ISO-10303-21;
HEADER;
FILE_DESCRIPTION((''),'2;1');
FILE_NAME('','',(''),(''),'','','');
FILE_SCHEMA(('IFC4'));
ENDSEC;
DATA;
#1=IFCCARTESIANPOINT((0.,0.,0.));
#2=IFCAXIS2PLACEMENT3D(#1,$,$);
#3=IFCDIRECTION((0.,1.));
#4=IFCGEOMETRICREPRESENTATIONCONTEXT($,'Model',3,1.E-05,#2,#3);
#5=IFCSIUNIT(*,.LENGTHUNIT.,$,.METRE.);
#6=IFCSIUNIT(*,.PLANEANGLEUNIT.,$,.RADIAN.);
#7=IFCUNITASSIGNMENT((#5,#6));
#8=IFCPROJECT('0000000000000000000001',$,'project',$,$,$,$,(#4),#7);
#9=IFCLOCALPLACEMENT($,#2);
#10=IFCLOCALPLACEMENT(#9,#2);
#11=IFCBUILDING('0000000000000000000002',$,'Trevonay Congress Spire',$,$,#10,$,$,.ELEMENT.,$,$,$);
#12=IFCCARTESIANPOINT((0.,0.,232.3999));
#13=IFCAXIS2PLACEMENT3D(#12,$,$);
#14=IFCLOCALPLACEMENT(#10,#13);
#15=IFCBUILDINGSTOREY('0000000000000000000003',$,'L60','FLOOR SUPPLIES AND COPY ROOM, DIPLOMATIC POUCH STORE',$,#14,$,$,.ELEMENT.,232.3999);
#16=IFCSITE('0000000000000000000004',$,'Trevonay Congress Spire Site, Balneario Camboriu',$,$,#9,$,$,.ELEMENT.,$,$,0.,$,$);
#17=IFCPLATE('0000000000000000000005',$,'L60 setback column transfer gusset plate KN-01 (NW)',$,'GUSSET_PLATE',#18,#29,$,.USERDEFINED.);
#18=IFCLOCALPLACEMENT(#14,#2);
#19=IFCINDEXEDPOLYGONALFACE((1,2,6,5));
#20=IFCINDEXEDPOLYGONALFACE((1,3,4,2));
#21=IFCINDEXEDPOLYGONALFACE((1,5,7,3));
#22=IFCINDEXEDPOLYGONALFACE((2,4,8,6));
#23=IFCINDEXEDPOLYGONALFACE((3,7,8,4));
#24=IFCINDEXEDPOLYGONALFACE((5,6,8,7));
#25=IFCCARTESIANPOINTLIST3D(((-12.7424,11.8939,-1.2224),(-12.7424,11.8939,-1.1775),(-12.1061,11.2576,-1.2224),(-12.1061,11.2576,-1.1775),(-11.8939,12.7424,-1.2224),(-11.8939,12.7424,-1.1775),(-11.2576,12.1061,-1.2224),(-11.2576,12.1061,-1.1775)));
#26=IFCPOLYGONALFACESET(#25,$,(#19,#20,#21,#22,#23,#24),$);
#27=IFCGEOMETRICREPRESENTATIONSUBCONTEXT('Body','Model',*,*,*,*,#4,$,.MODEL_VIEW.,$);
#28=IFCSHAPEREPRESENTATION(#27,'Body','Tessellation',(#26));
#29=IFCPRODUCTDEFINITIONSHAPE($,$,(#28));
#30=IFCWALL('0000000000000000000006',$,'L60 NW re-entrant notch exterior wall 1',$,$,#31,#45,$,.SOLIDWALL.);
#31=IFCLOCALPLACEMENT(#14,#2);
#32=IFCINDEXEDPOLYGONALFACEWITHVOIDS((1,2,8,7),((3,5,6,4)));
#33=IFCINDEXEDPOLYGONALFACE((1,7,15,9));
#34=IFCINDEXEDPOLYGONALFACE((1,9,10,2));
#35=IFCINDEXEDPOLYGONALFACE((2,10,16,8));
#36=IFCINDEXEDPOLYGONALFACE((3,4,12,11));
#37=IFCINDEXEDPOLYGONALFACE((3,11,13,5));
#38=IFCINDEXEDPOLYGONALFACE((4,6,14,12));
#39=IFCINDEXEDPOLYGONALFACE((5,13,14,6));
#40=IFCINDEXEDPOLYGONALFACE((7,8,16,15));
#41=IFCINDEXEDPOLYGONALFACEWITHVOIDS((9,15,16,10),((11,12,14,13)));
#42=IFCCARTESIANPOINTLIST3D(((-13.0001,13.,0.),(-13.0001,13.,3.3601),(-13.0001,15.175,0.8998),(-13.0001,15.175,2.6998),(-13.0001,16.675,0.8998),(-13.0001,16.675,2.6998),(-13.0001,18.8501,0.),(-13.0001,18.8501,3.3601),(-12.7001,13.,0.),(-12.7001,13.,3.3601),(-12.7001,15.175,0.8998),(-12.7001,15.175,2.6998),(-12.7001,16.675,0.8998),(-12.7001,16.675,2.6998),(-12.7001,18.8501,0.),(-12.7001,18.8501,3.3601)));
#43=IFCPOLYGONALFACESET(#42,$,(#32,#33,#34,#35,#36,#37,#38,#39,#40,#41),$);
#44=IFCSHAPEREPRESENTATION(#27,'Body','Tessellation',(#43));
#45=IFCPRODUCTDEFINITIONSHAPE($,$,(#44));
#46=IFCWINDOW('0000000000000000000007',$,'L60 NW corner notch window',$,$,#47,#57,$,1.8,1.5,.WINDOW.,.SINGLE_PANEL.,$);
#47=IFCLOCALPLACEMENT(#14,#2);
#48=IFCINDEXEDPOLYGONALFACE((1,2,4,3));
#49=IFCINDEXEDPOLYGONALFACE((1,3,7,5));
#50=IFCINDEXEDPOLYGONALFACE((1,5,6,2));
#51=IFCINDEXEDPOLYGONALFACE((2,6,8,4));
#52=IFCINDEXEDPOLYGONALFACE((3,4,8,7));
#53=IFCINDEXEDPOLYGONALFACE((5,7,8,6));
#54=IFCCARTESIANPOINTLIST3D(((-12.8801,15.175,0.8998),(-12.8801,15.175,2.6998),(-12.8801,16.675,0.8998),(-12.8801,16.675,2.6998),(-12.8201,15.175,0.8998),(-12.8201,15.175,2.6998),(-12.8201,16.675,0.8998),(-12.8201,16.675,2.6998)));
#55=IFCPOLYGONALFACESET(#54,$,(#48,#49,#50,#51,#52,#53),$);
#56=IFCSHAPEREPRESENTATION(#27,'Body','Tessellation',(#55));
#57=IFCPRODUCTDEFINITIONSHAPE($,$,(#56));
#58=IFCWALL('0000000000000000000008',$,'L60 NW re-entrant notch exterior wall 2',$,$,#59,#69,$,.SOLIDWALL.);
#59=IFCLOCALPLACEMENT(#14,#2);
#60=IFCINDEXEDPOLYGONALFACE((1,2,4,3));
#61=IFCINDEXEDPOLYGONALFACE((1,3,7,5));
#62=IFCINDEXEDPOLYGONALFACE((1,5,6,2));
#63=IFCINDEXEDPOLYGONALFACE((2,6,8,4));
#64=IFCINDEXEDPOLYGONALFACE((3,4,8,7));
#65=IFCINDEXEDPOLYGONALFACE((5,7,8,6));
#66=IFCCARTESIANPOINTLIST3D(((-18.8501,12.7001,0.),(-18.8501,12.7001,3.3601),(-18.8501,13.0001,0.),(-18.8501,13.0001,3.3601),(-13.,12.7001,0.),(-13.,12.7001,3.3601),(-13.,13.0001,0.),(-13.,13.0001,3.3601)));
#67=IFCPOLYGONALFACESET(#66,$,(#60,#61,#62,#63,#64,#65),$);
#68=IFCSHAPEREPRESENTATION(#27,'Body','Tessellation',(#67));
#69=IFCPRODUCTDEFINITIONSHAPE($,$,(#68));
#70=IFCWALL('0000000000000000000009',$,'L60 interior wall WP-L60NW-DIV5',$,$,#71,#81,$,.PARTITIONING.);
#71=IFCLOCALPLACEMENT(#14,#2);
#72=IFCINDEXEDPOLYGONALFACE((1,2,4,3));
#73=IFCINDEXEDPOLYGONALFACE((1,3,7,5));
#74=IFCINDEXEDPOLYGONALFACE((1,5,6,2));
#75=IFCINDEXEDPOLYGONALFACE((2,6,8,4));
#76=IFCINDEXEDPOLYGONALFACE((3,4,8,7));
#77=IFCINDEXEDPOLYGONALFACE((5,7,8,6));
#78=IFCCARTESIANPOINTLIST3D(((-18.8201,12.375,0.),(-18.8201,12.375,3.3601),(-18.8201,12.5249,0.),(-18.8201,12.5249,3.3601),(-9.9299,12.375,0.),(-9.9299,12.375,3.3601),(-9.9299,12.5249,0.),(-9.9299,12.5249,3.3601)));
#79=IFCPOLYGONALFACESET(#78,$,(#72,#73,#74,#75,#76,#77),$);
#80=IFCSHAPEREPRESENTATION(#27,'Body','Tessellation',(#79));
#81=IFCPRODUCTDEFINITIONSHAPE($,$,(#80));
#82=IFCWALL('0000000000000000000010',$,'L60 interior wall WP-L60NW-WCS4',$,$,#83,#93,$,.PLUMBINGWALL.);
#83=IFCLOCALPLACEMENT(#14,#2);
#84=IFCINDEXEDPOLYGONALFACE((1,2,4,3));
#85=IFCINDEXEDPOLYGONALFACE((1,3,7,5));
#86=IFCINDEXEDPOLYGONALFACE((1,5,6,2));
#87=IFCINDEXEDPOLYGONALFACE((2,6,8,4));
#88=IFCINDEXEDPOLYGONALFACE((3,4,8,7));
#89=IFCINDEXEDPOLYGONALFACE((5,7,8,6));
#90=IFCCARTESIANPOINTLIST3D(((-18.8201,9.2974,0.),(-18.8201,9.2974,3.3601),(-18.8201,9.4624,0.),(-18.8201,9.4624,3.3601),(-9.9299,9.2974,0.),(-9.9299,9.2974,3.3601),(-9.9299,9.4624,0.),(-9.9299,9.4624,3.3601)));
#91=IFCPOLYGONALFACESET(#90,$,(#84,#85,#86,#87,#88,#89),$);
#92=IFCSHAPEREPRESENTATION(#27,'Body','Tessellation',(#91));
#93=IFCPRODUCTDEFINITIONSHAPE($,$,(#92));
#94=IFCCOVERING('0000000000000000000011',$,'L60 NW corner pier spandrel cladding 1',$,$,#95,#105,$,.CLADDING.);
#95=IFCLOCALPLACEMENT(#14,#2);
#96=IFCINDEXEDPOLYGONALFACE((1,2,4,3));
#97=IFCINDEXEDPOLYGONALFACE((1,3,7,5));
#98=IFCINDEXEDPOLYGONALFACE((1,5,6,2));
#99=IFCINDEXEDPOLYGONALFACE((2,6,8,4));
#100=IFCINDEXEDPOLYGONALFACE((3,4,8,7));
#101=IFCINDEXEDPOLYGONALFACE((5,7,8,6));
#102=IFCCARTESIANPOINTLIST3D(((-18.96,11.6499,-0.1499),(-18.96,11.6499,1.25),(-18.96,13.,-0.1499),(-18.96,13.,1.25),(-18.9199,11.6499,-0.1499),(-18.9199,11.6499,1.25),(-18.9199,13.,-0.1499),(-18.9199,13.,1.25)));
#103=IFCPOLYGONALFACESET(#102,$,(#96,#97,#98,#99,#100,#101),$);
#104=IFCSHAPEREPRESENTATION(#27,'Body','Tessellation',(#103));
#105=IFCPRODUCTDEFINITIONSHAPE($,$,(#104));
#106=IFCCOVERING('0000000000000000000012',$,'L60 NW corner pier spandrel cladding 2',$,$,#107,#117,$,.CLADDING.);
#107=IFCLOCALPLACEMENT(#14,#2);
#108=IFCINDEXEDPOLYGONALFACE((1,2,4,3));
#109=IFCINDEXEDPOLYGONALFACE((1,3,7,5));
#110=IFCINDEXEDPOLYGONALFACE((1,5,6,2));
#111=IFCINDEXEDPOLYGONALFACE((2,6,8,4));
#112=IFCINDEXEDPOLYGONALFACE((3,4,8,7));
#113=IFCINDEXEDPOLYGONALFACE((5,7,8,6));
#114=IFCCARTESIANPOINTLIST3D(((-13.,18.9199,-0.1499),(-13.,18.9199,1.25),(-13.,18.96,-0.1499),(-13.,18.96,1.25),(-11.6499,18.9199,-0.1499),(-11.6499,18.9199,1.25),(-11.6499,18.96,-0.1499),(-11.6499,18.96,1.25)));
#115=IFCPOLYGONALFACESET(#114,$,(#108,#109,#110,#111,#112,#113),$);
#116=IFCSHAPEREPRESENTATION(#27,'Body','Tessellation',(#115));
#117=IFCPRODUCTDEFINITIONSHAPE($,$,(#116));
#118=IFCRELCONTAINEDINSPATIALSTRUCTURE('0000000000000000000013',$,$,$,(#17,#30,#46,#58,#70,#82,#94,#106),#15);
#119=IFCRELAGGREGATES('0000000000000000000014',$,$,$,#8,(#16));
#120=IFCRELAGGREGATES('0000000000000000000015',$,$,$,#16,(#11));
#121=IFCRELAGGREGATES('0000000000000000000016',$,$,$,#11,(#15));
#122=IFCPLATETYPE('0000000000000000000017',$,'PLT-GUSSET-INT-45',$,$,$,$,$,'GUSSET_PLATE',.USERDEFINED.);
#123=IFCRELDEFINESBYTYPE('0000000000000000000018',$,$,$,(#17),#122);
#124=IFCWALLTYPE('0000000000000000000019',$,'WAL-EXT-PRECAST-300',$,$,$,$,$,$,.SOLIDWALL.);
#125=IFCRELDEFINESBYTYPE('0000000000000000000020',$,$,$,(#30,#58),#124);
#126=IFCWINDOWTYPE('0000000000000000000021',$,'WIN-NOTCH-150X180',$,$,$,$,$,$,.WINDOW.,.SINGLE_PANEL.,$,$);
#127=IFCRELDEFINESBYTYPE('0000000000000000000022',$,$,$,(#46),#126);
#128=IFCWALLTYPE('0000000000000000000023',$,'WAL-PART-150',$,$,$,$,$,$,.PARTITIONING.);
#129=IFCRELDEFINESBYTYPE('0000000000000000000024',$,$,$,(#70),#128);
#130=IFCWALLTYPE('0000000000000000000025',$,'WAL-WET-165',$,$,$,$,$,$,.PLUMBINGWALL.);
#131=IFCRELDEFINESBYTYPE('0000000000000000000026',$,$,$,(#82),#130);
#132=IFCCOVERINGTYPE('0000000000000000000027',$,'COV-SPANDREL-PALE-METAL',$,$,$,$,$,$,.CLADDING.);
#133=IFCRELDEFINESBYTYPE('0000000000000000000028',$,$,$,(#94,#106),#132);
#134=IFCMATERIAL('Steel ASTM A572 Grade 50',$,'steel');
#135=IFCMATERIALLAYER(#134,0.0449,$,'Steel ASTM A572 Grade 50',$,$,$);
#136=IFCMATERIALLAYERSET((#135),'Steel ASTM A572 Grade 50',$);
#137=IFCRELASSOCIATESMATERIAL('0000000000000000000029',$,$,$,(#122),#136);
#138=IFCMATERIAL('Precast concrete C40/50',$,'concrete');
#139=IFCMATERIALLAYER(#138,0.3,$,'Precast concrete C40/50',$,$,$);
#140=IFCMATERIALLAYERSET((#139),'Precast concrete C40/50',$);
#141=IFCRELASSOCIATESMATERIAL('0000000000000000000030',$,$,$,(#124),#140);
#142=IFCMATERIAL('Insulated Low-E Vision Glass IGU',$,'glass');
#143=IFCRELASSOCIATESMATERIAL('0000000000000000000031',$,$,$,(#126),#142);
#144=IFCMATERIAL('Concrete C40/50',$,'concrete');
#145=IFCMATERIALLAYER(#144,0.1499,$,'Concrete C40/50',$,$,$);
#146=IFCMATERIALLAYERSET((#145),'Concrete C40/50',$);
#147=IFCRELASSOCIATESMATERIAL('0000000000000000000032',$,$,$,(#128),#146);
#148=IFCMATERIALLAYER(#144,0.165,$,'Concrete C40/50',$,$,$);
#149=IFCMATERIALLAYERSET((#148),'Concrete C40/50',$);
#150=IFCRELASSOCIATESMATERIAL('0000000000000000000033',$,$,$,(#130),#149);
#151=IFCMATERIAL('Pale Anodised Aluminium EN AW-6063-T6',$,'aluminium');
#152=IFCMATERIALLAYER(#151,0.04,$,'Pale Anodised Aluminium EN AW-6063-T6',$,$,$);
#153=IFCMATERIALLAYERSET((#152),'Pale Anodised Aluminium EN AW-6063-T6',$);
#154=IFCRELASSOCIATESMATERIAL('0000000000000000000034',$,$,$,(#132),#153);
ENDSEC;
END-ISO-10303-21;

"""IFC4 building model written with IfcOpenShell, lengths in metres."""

from ifc_helpers import new_model, si_unit, direction, frame, frame_2d, origin, origin_2d, place, context, subcontext, project, spatial, rectangle, extrude, material, layer, layer_set, type_object, element, fill, save


model = new_model("IFC4")

# Units and contexts
model_context = context("Model", 3, precision=1e-05, world=origin(), true_north=direction((0.0, 1.0)))
body_context = subcontext(model_context, "Body", "Model", "MODEL_VIEW")
ifc_project = project(units=[si_unit("LENGTHUNIT", "METRE"), si_unit("PLANEANGLEUNIT", "RADIAN")], contexts=[model_context])

# Site, building, storey
site_placement = place(None, origin())
site = spatial("IfcSite", under=ifc_project, at=site_placement, Name="Trevonay Congress Spire Site, Balneario Camboriu", CompositionType="ELEMENT", RefElevation=0.0)
building_placement = place(site_placement, origin())
building = spatial("IfcBuilding", under=site, at=building_placement, Name="Trevonay Congress Spire", CompositionType="ELEMENT")
storey_placement = place(building_placement, frame((0.0, 0.0, 232.3999)))
storey = spatial("IfcBuildingStorey", under=building, at=storey_placement, Name="L60", Description="FLOOR SUPPLIES AND COPY ROOM, DIPLOMATIC POUCH STORE", CompositionType="ELEMENT", Elevation=232.3999)

# Shared definitions
ifc_material_1 = material(Name="Steel ASTM A572 Grade 50", Category="steel")

# Shared definitions
ifc_material_2 = material(Name="Pale Anodised Aluminium EN AW-6063-T6", Category="aluminium")

# Plate
ifc_material_3 = material(Name="Insulated Low-E Vision Glass IGU", Category="glass")
ifc_layer_1 = layer(ifc_material_1, 0.0449, Name="Steel ASTM A572 Grade 50")
ifc_layer_set_1 = layer_set([ifc_layer_1], Name="Steel ASTM A572 Grade 50")
plate_type_1 = type_object("IfcPlateType", Name="PLT-GUSSET-INT-45", ElementType="GUSSET_PLATE", PredefinedType="USERDEFINED", material=ifc_layer_set_1)
plate_1_placement = place(storey_placement, frame((-12.0, 12.0, -1.2224), z_axis=(0.0, 0.0, 1.0), x_axis=(0.707107, 0.707107, 0.0)))
element("IfcPlate", 1, at=plate_1_placement, inside=storey, type_object=plate_type_1, Name="L60 setback column transfer gusset plate KN-01 (NW)", ObjectType="GUSSET_PLATE", PredefinedType="USERDEFINED", context=body_context, shape_type="SweptSolid", body=[
    extrude(rectangle(XDim=1.2, YDim=0.8999, at=origin_2d()), origin(), (0.0, 0.0, 1.0), 0.0449),
])

# Wall, opening, window
ifc_material_4 = material(Name="Precast concrete C40/50", Category="concrete")
ifc_layer_2 = layer(ifc_material_4, 0.3, Name="Precast concrete C40/50")
ifc_layer_set_2 = layer_set([ifc_layer_2], Name="Precast concrete C40/50")
wall_type_1 = type_object("IfcWallType", Name="WAL-EXT-PRECAST-300", PredefinedType="SOLIDWALL", material=ifc_layer_set_2)
wall_1_placement = place(storey_placement, frame((-12.8501, 18.8501, 0.0), z_axis=(0.0, 0.0, 1.0), x_axis=(0.0, -1.0, 0.0)))
wall_1 = element("IfcWall", 2, at=wall_1_placement, inside=storey, type_object=wall_type_1, Name="L60 NW re-entrant notch exterior wall 1", PredefinedType="SOLIDWALL", context=body_context, shape_type="SweptSolid", body=[
    extrude(rectangle(XDim=5.8501, YDim=0.3, at=frame_2d((2.925, 0.0))), origin(), (0.0, 0.0, 1.0), 3.3601),
])
opening_placement = place(wall_1_placement, frame((2.175, 0.0, 0.8999)))
opening = element("IfcOpeningElement", 3, at=opening_placement, cuts=wall_1, PredefinedType="OPENING", context=body_context, shape_type="SweptSolid", body=[
    extrude(rectangle(XDim=1.5, YDim=1.8, at=frame_2d((0.75, 0.8999))), frame((0.0, 0.1602, 0.0), z_axis=(0.0, -1.0, 0.0), x_axis=(1.0, 0.0, 0.0)), (0.0, 0.0, 1.0), 0.3201),
])
window_type = type_object("IfcWindowType", Name="WIN-NOTCH-150X180", PartitioningType="SINGLE_PANEL", PredefinedType="WINDOW", material=ifc_material_3)
window_placement = place(opening_placement, origin())
window = element("IfcWindow", 4, at=window_placement, inside=storey, type_object=window_type, Name="L60 NW corner notch window", OverallHeight=1.8, OverallWidth=1.5, PartitioningType="SINGLE_PANEL", PredefinedType="WINDOW", context=body_context, shape_type="SweptSolid", body=[
    extrude(rectangle(XDim=1.5, YDim=1.8, at=frame_2d((0.75, 0.8999))), frame((0.0, 0.03, 0.0), z_axis=(0.0, -1.0, 0.0), x_axis=(1.0, 0.0, 0.0)), (0.0, 0.0, 1.0), 0.0601),
])
fill(opening, window)

# Walls
wall_2_placement = place(storey_placement, frame((-18.8501, 12.8501, 0.0), z_axis=(0.0, 0.0, 1.0), x_axis=(1.0, 0.0, 0.0)))
element("IfcWall", 5, at=wall_2_placement, inside=storey, type_object=wall_type_1, Name="L60 NW re-entrant notch exterior wall 2", PredefinedType="SOLIDWALL", context=body_context, shape_type="SweptSolid", body=[
    extrude(rectangle(XDim=5.8501, YDim=0.3, at=frame_2d((2.925, 0.0))), origin(), (0.0, 0.0, 1.0), 3.3601),
])
ifc_material_5 = material(Name="Concrete C40/50", Category="concrete")
ifc_layer_3 = layer(ifc_material_5, 0.1499, Name="Concrete C40/50")
ifc_layer_set_3 = layer_set([ifc_layer_3], Name="Concrete C40/50")
wall_type_2 = type_object("IfcWallType", Name="WAL-PART-150", PredefinedType="PARTITIONING", material=ifc_layer_set_3)
wall_3_placement = place(storey_placement, frame((-18.8201, 12.45, 0.0), z_axis=(0.0, 0.0, 1.0), x_axis=(1.0, 0.0, 0.0)))
element("IfcWall", 6, at=wall_3_placement, inside=storey, type_object=wall_type_2, Name="L60 interior wall WP-L60NW-DIV5", PredefinedType="PARTITIONING", context=body_context, shape_type="SweptSolid", body=[
    extrude(rectangle(XDim=8.8901, YDim=0.1499, at=frame_2d((4.4451, 0.0))), origin(), (0.0, 0.0, 1.0), 3.3601),
])
ifc_layer_4 = layer(ifc_material_5, 0.165, Name="Concrete C40/50")
ifc_layer_set_4 = layer_set([ifc_layer_4], Name="Concrete C40/50")
wall_type_3 = type_object("IfcWallType", Name="WAL-WET-165", PredefinedType="PLUMBINGWALL", material=ifc_layer_set_4)
wall_4_placement = place(storey_placement, frame((-18.8201, 9.3799, 0.0), z_axis=(0.0, 0.0, 1.0), x_axis=(1.0, 0.0, 0.0)))
element("IfcWall", 7, at=wall_4_placement, inside=storey, type_object=wall_type_3, Name="L60 interior wall WP-L60NW-WCS4", PredefinedType="PLUMBINGWALL", context=body_context, shape_type="SweptSolid", body=[
    extrude(rectangle(XDim=8.8901, YDim=0.165, at=frame_2d((4.4451, 0.0))), origin(), (0.0, 0.0, 1.0), 3.3601),
])

# Coverings
ifc_layer_5 = layer(ifc_material_2, 0.04, Name="Pale Anodised Aluminium EN AW-6063-T6")
ifc_layer_set_5 = layer_set([ifc_layer_5], Name="Pale Anodised Aluminium EN AW-6063-T6")
covering_type = type_object("IfcCoveringType", Name="COV-SPANDREL-PALE-METAL", PredefinedType="CLADDING", material=ifc_layer_set_5)
for number, where, z_axis, x_axis, name in (
    (8, (-18.9399, 11.6499, -0.1499), (0.0, 0.0, 1.0), (0.0, 1.0, 0.0), "L60 NW corner pier spandrel cladding 1"),
    (9, (-11.6499, 18.9399, -0.1499), (0.0, 0.0, 1.0), (-1.0, 0.0, 0.0), "L60 NW corner pier spandrel cladding 2"),
):
    element("IfcCovering", number, at=place(storey_placement, frame(where, z_axis=z_axis, x_axis=x_axis)), inside=storey, type_object=covering_type, Name=name, PredefinedType="CLADDING", context=body_context, shape_type="SweptSolid", body=[
        extrude(rectangle(XDim=1.3501, YDim=0.04, at=frame_2d((0.675, 0.0))), origin(), (0.0, 0.0, 1.0), 1.3999),
    ])

save(model, "model.ifc")
